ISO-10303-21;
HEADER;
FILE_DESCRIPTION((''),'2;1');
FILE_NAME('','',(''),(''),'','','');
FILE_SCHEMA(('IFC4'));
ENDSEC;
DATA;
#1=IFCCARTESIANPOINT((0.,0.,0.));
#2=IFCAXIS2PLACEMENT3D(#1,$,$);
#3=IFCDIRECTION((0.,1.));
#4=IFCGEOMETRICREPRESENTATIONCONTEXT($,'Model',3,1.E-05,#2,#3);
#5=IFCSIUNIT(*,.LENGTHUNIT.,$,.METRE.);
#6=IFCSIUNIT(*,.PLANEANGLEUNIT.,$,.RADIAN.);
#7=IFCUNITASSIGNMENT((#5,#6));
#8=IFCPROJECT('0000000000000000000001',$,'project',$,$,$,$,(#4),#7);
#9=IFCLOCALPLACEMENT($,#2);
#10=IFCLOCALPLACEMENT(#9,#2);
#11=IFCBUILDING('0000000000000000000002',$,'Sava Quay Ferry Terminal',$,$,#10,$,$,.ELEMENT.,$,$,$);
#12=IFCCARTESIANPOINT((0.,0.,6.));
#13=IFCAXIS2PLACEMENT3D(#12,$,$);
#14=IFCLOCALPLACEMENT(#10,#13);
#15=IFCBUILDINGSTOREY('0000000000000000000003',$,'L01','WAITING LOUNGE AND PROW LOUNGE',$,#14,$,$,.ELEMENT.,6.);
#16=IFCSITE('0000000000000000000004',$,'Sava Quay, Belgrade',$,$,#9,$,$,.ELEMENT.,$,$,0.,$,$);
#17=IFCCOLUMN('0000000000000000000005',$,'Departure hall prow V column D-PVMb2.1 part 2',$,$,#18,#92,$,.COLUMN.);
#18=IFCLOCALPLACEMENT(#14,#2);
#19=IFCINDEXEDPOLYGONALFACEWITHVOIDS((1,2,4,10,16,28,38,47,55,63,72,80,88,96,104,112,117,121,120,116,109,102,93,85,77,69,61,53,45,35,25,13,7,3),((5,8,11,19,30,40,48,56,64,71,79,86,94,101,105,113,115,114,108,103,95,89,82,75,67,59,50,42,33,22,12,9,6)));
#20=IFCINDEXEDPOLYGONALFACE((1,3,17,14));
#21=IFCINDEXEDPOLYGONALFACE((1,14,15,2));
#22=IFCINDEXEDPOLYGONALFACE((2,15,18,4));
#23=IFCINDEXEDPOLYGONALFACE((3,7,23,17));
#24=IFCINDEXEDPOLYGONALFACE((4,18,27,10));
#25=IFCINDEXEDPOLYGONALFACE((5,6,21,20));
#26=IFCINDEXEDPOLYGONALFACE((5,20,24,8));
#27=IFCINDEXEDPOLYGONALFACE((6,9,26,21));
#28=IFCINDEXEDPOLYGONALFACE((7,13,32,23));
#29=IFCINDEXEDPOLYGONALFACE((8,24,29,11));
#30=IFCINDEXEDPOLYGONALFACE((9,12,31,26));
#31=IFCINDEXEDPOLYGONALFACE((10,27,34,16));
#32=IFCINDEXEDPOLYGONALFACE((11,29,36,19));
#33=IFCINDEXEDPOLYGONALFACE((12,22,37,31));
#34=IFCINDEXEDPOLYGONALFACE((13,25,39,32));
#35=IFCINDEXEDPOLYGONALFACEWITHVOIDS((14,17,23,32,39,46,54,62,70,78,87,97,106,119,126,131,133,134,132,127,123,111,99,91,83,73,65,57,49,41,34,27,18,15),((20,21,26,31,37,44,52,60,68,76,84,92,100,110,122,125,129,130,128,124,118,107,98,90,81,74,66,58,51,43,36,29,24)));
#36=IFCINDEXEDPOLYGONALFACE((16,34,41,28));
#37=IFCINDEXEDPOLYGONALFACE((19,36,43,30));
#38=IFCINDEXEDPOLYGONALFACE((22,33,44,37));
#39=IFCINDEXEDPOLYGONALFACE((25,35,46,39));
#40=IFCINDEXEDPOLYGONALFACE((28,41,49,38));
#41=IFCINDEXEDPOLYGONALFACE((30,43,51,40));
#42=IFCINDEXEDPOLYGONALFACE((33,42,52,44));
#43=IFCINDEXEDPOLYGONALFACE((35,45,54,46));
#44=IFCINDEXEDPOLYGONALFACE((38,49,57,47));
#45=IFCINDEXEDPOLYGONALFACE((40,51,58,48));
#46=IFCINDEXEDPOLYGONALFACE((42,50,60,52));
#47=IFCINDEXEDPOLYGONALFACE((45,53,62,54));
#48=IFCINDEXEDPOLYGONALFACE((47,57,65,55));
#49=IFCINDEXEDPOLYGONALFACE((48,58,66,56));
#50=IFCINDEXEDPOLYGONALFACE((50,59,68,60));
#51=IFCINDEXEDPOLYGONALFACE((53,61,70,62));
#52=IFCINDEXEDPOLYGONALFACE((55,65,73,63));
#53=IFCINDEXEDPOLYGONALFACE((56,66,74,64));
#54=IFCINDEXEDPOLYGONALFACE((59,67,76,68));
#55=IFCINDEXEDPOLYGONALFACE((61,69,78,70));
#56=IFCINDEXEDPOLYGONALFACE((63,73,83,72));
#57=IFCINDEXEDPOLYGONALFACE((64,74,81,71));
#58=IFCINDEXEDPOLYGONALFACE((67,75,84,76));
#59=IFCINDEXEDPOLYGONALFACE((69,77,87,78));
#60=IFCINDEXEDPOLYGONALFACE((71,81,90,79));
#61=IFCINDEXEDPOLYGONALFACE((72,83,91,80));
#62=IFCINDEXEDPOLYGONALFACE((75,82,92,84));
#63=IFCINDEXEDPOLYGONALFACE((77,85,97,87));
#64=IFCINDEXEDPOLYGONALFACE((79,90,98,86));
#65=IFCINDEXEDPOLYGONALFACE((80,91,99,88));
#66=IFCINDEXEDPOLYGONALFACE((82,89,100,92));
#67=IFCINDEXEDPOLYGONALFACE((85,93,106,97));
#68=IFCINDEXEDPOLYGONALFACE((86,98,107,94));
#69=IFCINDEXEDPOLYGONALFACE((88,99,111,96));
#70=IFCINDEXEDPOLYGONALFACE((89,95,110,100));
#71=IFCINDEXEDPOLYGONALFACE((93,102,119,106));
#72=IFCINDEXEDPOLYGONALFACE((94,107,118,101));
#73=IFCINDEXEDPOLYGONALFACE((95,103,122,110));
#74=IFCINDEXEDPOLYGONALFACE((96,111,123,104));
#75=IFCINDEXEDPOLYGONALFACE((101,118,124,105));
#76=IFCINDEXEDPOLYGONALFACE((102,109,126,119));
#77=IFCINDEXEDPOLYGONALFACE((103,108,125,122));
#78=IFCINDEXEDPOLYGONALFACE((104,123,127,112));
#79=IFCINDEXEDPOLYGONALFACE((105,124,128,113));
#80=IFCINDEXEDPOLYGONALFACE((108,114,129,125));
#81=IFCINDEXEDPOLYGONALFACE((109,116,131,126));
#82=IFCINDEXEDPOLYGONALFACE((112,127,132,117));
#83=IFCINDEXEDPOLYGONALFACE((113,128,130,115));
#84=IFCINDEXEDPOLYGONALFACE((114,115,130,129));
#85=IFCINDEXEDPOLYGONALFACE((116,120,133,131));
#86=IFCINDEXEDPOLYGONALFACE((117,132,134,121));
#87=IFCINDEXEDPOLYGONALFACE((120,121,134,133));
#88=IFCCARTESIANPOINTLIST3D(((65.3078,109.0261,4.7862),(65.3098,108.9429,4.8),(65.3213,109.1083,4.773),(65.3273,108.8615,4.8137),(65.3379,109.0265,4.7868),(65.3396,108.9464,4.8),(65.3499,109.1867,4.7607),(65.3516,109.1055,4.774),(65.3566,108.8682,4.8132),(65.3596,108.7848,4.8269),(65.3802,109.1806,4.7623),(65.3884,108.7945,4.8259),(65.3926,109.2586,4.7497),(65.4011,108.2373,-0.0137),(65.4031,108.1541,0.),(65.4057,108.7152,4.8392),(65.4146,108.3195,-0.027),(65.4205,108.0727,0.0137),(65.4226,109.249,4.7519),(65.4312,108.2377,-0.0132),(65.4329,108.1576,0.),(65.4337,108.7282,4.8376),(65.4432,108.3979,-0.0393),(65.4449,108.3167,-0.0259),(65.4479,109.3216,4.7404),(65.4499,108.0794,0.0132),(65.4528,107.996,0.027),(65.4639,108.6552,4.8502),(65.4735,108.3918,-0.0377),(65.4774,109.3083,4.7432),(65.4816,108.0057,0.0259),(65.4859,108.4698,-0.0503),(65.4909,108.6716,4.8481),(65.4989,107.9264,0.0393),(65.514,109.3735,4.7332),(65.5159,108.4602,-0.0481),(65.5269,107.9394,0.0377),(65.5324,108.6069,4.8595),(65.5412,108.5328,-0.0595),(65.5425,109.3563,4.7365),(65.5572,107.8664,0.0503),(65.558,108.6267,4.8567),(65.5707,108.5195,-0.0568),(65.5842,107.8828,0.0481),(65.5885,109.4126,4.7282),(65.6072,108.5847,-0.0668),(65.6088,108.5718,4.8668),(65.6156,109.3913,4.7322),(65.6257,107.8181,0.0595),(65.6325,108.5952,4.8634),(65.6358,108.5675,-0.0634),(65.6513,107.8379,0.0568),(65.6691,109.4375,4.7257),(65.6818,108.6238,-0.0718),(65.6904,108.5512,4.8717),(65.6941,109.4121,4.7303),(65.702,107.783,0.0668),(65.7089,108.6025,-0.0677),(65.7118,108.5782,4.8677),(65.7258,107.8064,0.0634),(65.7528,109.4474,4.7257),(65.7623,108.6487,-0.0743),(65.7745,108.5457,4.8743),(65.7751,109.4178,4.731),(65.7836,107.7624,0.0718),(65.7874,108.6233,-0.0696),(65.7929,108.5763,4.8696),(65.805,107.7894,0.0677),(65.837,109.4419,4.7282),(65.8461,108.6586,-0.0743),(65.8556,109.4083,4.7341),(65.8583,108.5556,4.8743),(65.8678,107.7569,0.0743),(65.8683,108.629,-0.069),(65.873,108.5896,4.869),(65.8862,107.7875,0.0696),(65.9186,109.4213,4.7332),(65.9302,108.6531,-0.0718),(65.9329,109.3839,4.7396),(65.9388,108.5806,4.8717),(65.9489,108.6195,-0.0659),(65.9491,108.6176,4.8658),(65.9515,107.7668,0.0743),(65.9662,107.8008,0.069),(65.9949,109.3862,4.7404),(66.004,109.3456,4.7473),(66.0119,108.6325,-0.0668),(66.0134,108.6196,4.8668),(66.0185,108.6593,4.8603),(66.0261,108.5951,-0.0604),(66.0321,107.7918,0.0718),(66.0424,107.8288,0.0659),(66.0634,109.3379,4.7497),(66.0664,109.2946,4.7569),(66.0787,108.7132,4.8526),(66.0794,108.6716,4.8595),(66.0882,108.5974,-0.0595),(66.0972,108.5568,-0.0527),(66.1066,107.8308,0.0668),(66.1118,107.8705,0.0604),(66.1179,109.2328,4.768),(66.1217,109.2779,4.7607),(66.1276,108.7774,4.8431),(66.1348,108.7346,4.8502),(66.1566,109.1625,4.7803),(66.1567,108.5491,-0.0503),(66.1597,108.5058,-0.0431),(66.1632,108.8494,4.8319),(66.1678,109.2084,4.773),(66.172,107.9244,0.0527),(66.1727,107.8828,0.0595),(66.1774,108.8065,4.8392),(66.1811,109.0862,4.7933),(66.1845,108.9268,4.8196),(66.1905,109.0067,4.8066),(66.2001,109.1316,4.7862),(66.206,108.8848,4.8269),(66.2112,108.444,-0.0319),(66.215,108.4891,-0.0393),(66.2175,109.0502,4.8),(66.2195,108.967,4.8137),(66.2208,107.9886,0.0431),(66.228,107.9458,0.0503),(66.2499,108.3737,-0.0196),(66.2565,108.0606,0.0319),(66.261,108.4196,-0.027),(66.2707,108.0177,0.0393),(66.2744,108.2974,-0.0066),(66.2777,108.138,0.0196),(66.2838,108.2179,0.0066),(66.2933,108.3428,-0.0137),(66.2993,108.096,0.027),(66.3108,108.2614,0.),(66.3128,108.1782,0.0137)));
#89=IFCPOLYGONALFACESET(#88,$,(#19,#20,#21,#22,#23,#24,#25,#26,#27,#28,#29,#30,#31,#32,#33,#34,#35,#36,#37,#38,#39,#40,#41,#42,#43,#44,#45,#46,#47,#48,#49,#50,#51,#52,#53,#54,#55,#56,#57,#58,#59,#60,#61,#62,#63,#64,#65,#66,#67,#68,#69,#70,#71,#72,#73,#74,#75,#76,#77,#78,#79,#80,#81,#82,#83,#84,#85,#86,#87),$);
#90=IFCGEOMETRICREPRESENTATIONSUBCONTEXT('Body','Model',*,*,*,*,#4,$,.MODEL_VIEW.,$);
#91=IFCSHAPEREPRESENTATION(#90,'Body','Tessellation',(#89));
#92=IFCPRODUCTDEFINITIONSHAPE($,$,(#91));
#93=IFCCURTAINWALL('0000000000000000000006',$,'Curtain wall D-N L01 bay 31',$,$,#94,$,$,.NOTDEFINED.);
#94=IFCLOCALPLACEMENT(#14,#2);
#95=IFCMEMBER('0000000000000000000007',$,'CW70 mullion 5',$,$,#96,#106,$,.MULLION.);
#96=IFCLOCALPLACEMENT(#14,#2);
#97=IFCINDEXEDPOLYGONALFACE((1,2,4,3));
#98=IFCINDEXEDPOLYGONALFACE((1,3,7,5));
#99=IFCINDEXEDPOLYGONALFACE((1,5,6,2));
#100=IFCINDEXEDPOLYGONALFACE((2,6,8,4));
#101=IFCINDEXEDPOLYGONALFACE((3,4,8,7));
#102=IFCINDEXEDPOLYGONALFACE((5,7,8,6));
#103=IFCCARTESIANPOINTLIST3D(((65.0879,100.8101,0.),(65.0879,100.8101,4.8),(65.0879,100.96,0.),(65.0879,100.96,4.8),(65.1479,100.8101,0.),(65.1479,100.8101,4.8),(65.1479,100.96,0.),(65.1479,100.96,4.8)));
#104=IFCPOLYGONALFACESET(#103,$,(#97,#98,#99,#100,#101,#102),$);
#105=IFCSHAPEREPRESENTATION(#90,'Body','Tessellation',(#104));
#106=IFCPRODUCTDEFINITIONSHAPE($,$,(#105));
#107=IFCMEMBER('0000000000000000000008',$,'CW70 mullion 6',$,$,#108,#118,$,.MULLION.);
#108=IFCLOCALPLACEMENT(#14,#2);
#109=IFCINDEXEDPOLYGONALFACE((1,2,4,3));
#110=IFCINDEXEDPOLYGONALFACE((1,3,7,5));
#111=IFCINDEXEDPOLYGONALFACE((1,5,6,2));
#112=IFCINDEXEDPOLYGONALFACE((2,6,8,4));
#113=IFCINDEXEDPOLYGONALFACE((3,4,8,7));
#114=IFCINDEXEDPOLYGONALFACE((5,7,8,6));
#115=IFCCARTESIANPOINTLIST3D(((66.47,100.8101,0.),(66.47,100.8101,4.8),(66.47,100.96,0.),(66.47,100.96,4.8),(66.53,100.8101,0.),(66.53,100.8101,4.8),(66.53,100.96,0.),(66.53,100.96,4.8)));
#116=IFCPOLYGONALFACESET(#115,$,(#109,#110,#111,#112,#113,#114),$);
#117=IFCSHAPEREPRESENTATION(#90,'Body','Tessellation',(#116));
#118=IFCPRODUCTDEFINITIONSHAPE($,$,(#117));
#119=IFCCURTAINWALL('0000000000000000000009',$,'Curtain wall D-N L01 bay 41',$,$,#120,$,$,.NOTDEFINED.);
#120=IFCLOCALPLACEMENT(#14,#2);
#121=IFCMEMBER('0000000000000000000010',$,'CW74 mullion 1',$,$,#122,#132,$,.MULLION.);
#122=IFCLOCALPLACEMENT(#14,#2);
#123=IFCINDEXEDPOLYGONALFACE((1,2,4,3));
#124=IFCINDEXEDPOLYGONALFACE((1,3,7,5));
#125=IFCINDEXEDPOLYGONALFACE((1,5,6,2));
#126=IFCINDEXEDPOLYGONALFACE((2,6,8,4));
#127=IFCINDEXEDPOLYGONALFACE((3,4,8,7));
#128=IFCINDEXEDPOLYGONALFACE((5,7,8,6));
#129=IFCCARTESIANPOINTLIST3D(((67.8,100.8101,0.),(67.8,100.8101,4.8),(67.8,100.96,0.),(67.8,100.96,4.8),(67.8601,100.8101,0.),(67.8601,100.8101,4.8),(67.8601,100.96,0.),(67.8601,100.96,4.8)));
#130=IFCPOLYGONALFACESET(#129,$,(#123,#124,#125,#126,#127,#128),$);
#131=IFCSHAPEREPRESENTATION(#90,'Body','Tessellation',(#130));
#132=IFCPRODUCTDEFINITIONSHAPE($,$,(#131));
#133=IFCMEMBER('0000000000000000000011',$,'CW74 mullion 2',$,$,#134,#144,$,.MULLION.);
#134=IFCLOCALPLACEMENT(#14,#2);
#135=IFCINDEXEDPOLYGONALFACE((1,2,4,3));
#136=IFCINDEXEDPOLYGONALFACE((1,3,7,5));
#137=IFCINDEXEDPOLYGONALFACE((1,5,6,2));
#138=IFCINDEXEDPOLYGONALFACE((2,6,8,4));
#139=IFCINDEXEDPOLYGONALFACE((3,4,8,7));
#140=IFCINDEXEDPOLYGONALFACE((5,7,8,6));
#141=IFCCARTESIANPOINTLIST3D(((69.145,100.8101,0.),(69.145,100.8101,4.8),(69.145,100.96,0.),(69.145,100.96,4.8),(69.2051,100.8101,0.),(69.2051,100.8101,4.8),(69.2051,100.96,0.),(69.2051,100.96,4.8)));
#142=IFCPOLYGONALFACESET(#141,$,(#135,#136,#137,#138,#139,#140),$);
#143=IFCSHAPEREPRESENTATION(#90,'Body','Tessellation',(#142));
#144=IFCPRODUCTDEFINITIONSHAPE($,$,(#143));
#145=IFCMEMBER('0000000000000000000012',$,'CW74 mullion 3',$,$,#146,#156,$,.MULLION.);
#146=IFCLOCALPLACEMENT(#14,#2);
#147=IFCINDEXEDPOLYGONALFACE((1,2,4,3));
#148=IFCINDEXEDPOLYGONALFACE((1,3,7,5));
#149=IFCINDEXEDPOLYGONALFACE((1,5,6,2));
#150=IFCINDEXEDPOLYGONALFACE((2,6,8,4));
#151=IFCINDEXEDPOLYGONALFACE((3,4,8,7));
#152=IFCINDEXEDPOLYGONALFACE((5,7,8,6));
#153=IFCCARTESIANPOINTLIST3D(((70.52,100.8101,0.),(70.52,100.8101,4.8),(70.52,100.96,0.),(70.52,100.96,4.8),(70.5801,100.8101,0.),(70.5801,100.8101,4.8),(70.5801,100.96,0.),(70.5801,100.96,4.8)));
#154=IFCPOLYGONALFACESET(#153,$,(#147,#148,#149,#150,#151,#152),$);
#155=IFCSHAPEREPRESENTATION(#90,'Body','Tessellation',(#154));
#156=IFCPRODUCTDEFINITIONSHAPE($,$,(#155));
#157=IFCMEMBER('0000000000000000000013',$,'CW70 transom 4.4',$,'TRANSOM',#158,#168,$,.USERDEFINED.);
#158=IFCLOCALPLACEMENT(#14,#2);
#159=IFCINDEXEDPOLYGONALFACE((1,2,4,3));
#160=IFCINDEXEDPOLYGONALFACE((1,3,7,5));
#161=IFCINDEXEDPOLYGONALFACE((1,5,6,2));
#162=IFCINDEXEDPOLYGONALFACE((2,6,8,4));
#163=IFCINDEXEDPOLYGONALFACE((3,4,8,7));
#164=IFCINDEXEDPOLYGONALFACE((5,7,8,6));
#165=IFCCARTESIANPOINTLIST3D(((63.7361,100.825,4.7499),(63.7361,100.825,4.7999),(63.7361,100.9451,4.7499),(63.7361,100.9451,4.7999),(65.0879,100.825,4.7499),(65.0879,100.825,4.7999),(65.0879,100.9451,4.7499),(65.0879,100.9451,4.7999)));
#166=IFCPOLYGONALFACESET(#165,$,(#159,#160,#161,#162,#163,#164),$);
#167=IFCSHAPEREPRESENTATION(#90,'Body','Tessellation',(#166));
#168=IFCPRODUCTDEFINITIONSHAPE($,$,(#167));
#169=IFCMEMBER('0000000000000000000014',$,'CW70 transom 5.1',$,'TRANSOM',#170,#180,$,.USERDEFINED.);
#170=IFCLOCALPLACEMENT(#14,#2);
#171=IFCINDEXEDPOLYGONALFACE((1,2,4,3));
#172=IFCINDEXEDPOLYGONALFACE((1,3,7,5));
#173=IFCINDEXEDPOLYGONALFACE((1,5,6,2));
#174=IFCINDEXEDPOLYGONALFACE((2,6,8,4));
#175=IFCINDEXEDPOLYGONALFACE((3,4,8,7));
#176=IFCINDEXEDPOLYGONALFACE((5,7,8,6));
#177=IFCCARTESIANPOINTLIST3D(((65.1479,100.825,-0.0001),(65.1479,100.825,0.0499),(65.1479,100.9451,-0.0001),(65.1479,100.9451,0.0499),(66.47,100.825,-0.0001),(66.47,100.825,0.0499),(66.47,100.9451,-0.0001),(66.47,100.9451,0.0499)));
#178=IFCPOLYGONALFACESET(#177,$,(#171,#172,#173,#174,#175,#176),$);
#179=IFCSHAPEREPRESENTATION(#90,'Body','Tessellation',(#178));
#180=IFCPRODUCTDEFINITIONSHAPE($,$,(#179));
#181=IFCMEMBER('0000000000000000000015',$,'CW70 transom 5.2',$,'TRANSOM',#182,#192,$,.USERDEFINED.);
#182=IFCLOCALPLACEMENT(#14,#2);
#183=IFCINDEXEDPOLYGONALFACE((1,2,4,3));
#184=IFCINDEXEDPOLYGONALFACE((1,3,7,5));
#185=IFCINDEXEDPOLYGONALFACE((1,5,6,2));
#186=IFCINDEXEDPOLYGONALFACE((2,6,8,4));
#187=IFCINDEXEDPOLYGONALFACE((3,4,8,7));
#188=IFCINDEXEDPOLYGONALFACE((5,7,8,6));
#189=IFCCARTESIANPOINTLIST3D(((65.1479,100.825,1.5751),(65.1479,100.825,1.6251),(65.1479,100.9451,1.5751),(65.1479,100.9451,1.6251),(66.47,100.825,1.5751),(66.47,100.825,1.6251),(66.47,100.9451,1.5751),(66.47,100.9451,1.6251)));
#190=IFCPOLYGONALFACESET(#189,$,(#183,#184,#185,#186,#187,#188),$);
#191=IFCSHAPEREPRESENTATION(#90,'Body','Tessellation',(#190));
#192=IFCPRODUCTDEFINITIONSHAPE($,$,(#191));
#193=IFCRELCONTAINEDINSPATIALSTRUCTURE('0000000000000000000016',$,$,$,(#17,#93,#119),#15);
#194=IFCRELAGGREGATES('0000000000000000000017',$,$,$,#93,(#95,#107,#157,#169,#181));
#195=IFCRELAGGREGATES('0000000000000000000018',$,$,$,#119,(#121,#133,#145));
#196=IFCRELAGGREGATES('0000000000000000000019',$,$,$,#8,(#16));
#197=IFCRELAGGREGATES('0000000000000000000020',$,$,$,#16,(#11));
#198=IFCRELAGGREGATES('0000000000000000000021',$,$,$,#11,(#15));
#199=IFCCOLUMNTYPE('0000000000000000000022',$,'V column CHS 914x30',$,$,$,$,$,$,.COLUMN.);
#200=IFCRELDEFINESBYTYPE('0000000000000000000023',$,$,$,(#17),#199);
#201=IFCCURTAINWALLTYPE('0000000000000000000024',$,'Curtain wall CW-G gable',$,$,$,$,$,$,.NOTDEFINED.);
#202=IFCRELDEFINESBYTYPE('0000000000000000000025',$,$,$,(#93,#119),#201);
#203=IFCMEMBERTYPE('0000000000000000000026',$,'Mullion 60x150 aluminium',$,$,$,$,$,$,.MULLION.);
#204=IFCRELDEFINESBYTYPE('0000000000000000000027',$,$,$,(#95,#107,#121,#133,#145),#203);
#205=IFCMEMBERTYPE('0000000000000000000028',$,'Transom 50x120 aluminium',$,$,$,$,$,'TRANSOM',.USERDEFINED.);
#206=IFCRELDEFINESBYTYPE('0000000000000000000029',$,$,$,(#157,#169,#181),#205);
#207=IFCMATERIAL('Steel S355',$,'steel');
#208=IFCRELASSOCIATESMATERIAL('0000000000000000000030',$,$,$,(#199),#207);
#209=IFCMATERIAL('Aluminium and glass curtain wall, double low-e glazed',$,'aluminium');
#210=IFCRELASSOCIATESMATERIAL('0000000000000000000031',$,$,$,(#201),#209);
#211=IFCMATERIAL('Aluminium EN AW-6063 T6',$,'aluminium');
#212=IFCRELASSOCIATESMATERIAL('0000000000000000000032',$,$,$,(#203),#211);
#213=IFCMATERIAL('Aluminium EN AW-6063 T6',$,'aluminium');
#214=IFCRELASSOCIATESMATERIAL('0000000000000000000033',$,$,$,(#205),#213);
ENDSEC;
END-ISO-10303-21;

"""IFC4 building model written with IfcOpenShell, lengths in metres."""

from ifc_helpers import new_model, si_unit, direction, frame, origin, origin_2d, place, context, subcontext, project, spatial, rectangle, hollow_circle, extrude, material, material_profile, profile_set, type_object, element, aggregate, save


model = new_model("IFC4")

# Units and contexts
model_context = context("Model", 3, precision=1e-05, world=origin(), true_north=direction((0.0, 1.0)))
body_context = subcontext(model_context, "Body", "Model", "MODEL_VIEW")
ifc_project = project(units=[si_unit("LENGTHUNIT", "METRE"), si_unit("PLANEANGLEUNIT", "RADIAN")], contexts=[model_context])

# Site, building, storey
site_placement = place(None, origin())
site = spatial("IfcSite", under=ifc_project, at=site_placement, Name="Sava Quay, Belgrade", CompositionType="ELEMENT", RefElevation=0.0)
building_placement = place(site_placement, origin())
building = spatial("IfcBuilding", under=site, at=building_placement, Name="Sava Quay Ferry Terminal", CompositionType="ELEMENT")
storey_placement = place(building_placement, frame((0.0, 0.0, 6.0)))
storey = spatial("IfcBuildingStorey", under=building, at=storey_placement, Name="L01", Description="WAITING LOUNGE AND PROW LOUNGE", CompositionType="ELEMENT", Elevation=6.0)

# Column
ifc_material_1 = material(Name="Steel S355", Category="steel")
ifc_material_profile_1 = material_profile(ifc_material_1, hollow_circle(Radius=0.457, WallThickness=0.03, at=origin_2d()), Name="CHS 914 x 30.0")
ifc_profile_set_1 = profile_set([ifc_material_profile_1], Name="Steel S355")
column_type_1 = type_object("IfcColumnType", Name="V column CHS 914x30", PredefinedType="COLUMN", material=ifc_profile_set_1)
for number, where, z_axis, x_axis, name in (
    (1, (65.8569, 108.2078, 0.0), (-0.019169, 0.162131, 0.986583), (-0.993083, -0.117412, 0.0), "Departure hall prow V column D-PVMb2.1 part 2"),
):
    element("IfcColumn", number, at=place(storey_placement, frame(where, z_axis=z_axis, x_axis=x_axis)), inside=storey, type_object=column_type_1, Name=name, PredefinedType="COLUMN", context=body_context, shape_type="SweptSolid", body=[
        extrude(hollow_circle(Radius=0.457, WallThickness=0.03, at=origin_2d()), origin(), (0.0, 0.0, 1.0), 4.8652),
    ])

# Curtain walls, members
ifc_material_2 = material(Name="Aluminium and glass curtain wall, double low-e glazed", Category="aluminium")
curtain_wall_type = type_object("IfcCurtainWallType", Name="Curtain wall CW-G gable", PredefinedType="NOTDEFINED", material=ifc_material_2)
curtain_wall_1_placement = place(storey_placement, origin())
curtain_wall_1 = element("IfcCurtainWall", 2, at=curtain_wall_1_placement, inside=storey, type_object=curtain_wall_type, Name="Curtain wall D-N L01 bay 31", PredefinedType="NOTDEFINED")
ifc_material_3 = material(Name="Aluminium EN AW-6063 T6", Category="aluminium")
ifc_material_profile_2 = material_profile(ifc_material_3, rectangle(XDim=0.1499, YDim=0.0601, at=origin_2d()), Name="Mullion 60x150 aluminium")
ifc_profile_set_2 = profile_set([ifc_material_profile_2], Name="Aluminium EN AW-6063 T6")
member_type_1 = type_object("IfcMemberType", Name="Mullion 60x150 aluminium", PredefinedType="MULLION", material=ifc_profile_set_2)
member_1_placement = place(storey_placement, frame((65.1179, 100.885, 0.0), z_axis=(0.0, 0.0, 1.0), x_axis=(0.0, 1.0, 0.0)))
member_1 = element("IfcMember", 3, at=member_1_placement, type_object=member_type_1, Name="CW70 mullion 5", PredefinedType="MULLION", context=body_context, shape_type="SweptSolid", body=[
    extrude(rectangle(XDim=0.1499, YDim=0.0601, at=origin_2d()), origin(), (0.0, 0.0, 1.0), 4.8),
])
member_2_placement = place(storey_placement, frame((66.5, 100.885, 0.0), z_axis=(0.0, 0.0, 1.0), x_axis=(0.0, 1.0, 0.0)))
member_2 = element("IfcMember", 4, at=member_2_placement, type_object=member_type_1, Name="CW70 mullion 6", PredefinedType="MULLION", context=body_context, shape_type="SweptSolid", body=[
    extrude(rectangle(XDim=0.1499, YDim=0.0601, at=origin_2d()), origin(), (0.0, 0.0, 1.0), 4.8),
])
curtain_wall_2_placement = place(storey_placement, origin())
curtain_wall_2 = element("IfcCurtainWall", 5, at=curtain_wall_2_placement, inside=storey, type_object=curtain_wall_type, Name="Curtain wall D-N L01 bay 41", PredefinedType="NOTDEFINED")
member_3_placement = place(storey_placement, frame((67.8301, 100.885, 0.0), z_axis=(0.0, 0.0, 1.0), x_axis=(0.0, 1.0, 0.0)))
member_3 = element("IfcMember", 6, at=member_3_placement, type_object=member_type_1, Name="CW74 mullion 1", PredefinedType="MULLION", context=body_context, shape_type="SweptSolid", body=[
    extrude(rectangle(XDim=0.1499, YDim=0.0601, at=origin_2d()), origin(), (0.0, 0.0, 1.0), 4.8),
])
member_4_placement = place(storey_placement, frame((69.175, 100.885, 0.0), z_axis=(0.0, 0.0, 1.0), x_axis=(0.0, 1.0, 0.0)))
member_4 = element("IfcMember", 7, at=member_4_placement, type_object=member_type_1, Name="CW74 mullion 2", PredefinedType="MULLION", context=body_context, shape_type="SweptSolid", body=[
    extrude(rectangle(XDim=0.1499, YDim=0.0601, at=origin_2d()), origin(), (0.0, 0.0, 1.0), 4.8),
])
member_5_placement = place(storey_placement, frame((70.55, 100.885, 0.0), z_axis=(0.0, 0.0, 1.0), x_axis=(0.0, 1.0, 0.0)))
member_5 = element("IfcMember", 8, at=member_5_placement, type_object=member_type_1, Name="CW74 mullion 3", PredefinedType="MULLION", context=body_context, shape_type="SweptSolid", body=[
    extrude(rectangle(XDim=0.1499, YDim=0.0601, at=origin_2d()), origin(), (0.0, 0.0, 1.0), 4.8),
])

# Members
ifc_material_4 = material(Name="Aluminium EN AW-6063 T6", Category="aluminium")
ifc_material_profile_3 = material_profile(ifc_material_4, rectangle(XDim=0.1201, YDim=0.05, at=origin_2d()), Name="Transom 50x120 aluminium")
ifc_profile_set_3 = profile_set([ifc_material_profile_3], Name="Aluminium EN AW-6063 T6")
member_type_2 = type_object("IfcMemberType", Name="Transom 50x120 aluminium", ElementType="TRANSOM", PredefinedType="USERDEFINED", material=ifc_profile_set_3)
member_6_placement = place(storey_placement, frame((63.7361, 100.885, 4.7749), z_axis=(1.0, 0.0, 0.0), x_axis=(0.0, 1.0, 0.0)))
member_6 = element("IfcMember", 9, at=member_6_placement, type_object=member_type_2, Name="CW70 transom 4.4", ObjectType="TRANSOM", PredefinedType="USERDEFINED", context=body_context, shape_type="SweptSolid", body=[
    extrude(rectangle(XDim=0.1201, YDim=0.05, at=origin_2d()), origin(), (0.0, 0.0, 1.0), 1.3518),
])
member_7_placement = place(storey_placement, frame((65.1479, 100.885, 0.0249), z_axis=(1.0, 0.0, 0.0), x_axis=(0.0, 1.0, 0.0)))
member_7 = element("IfcMember", 10, at=member_7_placement, type_object=member_type_2, Name="CW70 transom 5.1", ObjectType="TRANSOM", PredefinedType="USERDEFINED", context=body_context, shape_type="SweptSolid", body=[
    extrude(rectangle(XDim=0.1201, YDim=0.05, at=origin_2d()), origin(), (0.0, 0.0, 1.0), 1.322),
])
member_8_placement = place(storey_placement, frame((65.1479, 100.885, 1.6001), z_axis=(1.0, 0.0, 0.0), x_axis=(0.0, 1.0, 0.0)))
member_8 = element("IfcMember", 11, at=member_8_placement, type_object=member_type_2, Name="CW70 transom 5.2", ObjectType="TRANSOM", PredefinedType="USERDEFINED", context=body_context, shape_type="SweptSolid", body=[
    extrude(rectangle(XDim=0.1201, YDim=0.05, at=origin_2d()), origin(), (0.0, 0.0, 1.0), 1.322),
])

aggregate(curtain_wall_1, [member_1, member_2, member_6, member_7, member_8])
aggregate(curtain_wall_2, [member_3, member_4, member_5])

save(model, "model.ifc")
